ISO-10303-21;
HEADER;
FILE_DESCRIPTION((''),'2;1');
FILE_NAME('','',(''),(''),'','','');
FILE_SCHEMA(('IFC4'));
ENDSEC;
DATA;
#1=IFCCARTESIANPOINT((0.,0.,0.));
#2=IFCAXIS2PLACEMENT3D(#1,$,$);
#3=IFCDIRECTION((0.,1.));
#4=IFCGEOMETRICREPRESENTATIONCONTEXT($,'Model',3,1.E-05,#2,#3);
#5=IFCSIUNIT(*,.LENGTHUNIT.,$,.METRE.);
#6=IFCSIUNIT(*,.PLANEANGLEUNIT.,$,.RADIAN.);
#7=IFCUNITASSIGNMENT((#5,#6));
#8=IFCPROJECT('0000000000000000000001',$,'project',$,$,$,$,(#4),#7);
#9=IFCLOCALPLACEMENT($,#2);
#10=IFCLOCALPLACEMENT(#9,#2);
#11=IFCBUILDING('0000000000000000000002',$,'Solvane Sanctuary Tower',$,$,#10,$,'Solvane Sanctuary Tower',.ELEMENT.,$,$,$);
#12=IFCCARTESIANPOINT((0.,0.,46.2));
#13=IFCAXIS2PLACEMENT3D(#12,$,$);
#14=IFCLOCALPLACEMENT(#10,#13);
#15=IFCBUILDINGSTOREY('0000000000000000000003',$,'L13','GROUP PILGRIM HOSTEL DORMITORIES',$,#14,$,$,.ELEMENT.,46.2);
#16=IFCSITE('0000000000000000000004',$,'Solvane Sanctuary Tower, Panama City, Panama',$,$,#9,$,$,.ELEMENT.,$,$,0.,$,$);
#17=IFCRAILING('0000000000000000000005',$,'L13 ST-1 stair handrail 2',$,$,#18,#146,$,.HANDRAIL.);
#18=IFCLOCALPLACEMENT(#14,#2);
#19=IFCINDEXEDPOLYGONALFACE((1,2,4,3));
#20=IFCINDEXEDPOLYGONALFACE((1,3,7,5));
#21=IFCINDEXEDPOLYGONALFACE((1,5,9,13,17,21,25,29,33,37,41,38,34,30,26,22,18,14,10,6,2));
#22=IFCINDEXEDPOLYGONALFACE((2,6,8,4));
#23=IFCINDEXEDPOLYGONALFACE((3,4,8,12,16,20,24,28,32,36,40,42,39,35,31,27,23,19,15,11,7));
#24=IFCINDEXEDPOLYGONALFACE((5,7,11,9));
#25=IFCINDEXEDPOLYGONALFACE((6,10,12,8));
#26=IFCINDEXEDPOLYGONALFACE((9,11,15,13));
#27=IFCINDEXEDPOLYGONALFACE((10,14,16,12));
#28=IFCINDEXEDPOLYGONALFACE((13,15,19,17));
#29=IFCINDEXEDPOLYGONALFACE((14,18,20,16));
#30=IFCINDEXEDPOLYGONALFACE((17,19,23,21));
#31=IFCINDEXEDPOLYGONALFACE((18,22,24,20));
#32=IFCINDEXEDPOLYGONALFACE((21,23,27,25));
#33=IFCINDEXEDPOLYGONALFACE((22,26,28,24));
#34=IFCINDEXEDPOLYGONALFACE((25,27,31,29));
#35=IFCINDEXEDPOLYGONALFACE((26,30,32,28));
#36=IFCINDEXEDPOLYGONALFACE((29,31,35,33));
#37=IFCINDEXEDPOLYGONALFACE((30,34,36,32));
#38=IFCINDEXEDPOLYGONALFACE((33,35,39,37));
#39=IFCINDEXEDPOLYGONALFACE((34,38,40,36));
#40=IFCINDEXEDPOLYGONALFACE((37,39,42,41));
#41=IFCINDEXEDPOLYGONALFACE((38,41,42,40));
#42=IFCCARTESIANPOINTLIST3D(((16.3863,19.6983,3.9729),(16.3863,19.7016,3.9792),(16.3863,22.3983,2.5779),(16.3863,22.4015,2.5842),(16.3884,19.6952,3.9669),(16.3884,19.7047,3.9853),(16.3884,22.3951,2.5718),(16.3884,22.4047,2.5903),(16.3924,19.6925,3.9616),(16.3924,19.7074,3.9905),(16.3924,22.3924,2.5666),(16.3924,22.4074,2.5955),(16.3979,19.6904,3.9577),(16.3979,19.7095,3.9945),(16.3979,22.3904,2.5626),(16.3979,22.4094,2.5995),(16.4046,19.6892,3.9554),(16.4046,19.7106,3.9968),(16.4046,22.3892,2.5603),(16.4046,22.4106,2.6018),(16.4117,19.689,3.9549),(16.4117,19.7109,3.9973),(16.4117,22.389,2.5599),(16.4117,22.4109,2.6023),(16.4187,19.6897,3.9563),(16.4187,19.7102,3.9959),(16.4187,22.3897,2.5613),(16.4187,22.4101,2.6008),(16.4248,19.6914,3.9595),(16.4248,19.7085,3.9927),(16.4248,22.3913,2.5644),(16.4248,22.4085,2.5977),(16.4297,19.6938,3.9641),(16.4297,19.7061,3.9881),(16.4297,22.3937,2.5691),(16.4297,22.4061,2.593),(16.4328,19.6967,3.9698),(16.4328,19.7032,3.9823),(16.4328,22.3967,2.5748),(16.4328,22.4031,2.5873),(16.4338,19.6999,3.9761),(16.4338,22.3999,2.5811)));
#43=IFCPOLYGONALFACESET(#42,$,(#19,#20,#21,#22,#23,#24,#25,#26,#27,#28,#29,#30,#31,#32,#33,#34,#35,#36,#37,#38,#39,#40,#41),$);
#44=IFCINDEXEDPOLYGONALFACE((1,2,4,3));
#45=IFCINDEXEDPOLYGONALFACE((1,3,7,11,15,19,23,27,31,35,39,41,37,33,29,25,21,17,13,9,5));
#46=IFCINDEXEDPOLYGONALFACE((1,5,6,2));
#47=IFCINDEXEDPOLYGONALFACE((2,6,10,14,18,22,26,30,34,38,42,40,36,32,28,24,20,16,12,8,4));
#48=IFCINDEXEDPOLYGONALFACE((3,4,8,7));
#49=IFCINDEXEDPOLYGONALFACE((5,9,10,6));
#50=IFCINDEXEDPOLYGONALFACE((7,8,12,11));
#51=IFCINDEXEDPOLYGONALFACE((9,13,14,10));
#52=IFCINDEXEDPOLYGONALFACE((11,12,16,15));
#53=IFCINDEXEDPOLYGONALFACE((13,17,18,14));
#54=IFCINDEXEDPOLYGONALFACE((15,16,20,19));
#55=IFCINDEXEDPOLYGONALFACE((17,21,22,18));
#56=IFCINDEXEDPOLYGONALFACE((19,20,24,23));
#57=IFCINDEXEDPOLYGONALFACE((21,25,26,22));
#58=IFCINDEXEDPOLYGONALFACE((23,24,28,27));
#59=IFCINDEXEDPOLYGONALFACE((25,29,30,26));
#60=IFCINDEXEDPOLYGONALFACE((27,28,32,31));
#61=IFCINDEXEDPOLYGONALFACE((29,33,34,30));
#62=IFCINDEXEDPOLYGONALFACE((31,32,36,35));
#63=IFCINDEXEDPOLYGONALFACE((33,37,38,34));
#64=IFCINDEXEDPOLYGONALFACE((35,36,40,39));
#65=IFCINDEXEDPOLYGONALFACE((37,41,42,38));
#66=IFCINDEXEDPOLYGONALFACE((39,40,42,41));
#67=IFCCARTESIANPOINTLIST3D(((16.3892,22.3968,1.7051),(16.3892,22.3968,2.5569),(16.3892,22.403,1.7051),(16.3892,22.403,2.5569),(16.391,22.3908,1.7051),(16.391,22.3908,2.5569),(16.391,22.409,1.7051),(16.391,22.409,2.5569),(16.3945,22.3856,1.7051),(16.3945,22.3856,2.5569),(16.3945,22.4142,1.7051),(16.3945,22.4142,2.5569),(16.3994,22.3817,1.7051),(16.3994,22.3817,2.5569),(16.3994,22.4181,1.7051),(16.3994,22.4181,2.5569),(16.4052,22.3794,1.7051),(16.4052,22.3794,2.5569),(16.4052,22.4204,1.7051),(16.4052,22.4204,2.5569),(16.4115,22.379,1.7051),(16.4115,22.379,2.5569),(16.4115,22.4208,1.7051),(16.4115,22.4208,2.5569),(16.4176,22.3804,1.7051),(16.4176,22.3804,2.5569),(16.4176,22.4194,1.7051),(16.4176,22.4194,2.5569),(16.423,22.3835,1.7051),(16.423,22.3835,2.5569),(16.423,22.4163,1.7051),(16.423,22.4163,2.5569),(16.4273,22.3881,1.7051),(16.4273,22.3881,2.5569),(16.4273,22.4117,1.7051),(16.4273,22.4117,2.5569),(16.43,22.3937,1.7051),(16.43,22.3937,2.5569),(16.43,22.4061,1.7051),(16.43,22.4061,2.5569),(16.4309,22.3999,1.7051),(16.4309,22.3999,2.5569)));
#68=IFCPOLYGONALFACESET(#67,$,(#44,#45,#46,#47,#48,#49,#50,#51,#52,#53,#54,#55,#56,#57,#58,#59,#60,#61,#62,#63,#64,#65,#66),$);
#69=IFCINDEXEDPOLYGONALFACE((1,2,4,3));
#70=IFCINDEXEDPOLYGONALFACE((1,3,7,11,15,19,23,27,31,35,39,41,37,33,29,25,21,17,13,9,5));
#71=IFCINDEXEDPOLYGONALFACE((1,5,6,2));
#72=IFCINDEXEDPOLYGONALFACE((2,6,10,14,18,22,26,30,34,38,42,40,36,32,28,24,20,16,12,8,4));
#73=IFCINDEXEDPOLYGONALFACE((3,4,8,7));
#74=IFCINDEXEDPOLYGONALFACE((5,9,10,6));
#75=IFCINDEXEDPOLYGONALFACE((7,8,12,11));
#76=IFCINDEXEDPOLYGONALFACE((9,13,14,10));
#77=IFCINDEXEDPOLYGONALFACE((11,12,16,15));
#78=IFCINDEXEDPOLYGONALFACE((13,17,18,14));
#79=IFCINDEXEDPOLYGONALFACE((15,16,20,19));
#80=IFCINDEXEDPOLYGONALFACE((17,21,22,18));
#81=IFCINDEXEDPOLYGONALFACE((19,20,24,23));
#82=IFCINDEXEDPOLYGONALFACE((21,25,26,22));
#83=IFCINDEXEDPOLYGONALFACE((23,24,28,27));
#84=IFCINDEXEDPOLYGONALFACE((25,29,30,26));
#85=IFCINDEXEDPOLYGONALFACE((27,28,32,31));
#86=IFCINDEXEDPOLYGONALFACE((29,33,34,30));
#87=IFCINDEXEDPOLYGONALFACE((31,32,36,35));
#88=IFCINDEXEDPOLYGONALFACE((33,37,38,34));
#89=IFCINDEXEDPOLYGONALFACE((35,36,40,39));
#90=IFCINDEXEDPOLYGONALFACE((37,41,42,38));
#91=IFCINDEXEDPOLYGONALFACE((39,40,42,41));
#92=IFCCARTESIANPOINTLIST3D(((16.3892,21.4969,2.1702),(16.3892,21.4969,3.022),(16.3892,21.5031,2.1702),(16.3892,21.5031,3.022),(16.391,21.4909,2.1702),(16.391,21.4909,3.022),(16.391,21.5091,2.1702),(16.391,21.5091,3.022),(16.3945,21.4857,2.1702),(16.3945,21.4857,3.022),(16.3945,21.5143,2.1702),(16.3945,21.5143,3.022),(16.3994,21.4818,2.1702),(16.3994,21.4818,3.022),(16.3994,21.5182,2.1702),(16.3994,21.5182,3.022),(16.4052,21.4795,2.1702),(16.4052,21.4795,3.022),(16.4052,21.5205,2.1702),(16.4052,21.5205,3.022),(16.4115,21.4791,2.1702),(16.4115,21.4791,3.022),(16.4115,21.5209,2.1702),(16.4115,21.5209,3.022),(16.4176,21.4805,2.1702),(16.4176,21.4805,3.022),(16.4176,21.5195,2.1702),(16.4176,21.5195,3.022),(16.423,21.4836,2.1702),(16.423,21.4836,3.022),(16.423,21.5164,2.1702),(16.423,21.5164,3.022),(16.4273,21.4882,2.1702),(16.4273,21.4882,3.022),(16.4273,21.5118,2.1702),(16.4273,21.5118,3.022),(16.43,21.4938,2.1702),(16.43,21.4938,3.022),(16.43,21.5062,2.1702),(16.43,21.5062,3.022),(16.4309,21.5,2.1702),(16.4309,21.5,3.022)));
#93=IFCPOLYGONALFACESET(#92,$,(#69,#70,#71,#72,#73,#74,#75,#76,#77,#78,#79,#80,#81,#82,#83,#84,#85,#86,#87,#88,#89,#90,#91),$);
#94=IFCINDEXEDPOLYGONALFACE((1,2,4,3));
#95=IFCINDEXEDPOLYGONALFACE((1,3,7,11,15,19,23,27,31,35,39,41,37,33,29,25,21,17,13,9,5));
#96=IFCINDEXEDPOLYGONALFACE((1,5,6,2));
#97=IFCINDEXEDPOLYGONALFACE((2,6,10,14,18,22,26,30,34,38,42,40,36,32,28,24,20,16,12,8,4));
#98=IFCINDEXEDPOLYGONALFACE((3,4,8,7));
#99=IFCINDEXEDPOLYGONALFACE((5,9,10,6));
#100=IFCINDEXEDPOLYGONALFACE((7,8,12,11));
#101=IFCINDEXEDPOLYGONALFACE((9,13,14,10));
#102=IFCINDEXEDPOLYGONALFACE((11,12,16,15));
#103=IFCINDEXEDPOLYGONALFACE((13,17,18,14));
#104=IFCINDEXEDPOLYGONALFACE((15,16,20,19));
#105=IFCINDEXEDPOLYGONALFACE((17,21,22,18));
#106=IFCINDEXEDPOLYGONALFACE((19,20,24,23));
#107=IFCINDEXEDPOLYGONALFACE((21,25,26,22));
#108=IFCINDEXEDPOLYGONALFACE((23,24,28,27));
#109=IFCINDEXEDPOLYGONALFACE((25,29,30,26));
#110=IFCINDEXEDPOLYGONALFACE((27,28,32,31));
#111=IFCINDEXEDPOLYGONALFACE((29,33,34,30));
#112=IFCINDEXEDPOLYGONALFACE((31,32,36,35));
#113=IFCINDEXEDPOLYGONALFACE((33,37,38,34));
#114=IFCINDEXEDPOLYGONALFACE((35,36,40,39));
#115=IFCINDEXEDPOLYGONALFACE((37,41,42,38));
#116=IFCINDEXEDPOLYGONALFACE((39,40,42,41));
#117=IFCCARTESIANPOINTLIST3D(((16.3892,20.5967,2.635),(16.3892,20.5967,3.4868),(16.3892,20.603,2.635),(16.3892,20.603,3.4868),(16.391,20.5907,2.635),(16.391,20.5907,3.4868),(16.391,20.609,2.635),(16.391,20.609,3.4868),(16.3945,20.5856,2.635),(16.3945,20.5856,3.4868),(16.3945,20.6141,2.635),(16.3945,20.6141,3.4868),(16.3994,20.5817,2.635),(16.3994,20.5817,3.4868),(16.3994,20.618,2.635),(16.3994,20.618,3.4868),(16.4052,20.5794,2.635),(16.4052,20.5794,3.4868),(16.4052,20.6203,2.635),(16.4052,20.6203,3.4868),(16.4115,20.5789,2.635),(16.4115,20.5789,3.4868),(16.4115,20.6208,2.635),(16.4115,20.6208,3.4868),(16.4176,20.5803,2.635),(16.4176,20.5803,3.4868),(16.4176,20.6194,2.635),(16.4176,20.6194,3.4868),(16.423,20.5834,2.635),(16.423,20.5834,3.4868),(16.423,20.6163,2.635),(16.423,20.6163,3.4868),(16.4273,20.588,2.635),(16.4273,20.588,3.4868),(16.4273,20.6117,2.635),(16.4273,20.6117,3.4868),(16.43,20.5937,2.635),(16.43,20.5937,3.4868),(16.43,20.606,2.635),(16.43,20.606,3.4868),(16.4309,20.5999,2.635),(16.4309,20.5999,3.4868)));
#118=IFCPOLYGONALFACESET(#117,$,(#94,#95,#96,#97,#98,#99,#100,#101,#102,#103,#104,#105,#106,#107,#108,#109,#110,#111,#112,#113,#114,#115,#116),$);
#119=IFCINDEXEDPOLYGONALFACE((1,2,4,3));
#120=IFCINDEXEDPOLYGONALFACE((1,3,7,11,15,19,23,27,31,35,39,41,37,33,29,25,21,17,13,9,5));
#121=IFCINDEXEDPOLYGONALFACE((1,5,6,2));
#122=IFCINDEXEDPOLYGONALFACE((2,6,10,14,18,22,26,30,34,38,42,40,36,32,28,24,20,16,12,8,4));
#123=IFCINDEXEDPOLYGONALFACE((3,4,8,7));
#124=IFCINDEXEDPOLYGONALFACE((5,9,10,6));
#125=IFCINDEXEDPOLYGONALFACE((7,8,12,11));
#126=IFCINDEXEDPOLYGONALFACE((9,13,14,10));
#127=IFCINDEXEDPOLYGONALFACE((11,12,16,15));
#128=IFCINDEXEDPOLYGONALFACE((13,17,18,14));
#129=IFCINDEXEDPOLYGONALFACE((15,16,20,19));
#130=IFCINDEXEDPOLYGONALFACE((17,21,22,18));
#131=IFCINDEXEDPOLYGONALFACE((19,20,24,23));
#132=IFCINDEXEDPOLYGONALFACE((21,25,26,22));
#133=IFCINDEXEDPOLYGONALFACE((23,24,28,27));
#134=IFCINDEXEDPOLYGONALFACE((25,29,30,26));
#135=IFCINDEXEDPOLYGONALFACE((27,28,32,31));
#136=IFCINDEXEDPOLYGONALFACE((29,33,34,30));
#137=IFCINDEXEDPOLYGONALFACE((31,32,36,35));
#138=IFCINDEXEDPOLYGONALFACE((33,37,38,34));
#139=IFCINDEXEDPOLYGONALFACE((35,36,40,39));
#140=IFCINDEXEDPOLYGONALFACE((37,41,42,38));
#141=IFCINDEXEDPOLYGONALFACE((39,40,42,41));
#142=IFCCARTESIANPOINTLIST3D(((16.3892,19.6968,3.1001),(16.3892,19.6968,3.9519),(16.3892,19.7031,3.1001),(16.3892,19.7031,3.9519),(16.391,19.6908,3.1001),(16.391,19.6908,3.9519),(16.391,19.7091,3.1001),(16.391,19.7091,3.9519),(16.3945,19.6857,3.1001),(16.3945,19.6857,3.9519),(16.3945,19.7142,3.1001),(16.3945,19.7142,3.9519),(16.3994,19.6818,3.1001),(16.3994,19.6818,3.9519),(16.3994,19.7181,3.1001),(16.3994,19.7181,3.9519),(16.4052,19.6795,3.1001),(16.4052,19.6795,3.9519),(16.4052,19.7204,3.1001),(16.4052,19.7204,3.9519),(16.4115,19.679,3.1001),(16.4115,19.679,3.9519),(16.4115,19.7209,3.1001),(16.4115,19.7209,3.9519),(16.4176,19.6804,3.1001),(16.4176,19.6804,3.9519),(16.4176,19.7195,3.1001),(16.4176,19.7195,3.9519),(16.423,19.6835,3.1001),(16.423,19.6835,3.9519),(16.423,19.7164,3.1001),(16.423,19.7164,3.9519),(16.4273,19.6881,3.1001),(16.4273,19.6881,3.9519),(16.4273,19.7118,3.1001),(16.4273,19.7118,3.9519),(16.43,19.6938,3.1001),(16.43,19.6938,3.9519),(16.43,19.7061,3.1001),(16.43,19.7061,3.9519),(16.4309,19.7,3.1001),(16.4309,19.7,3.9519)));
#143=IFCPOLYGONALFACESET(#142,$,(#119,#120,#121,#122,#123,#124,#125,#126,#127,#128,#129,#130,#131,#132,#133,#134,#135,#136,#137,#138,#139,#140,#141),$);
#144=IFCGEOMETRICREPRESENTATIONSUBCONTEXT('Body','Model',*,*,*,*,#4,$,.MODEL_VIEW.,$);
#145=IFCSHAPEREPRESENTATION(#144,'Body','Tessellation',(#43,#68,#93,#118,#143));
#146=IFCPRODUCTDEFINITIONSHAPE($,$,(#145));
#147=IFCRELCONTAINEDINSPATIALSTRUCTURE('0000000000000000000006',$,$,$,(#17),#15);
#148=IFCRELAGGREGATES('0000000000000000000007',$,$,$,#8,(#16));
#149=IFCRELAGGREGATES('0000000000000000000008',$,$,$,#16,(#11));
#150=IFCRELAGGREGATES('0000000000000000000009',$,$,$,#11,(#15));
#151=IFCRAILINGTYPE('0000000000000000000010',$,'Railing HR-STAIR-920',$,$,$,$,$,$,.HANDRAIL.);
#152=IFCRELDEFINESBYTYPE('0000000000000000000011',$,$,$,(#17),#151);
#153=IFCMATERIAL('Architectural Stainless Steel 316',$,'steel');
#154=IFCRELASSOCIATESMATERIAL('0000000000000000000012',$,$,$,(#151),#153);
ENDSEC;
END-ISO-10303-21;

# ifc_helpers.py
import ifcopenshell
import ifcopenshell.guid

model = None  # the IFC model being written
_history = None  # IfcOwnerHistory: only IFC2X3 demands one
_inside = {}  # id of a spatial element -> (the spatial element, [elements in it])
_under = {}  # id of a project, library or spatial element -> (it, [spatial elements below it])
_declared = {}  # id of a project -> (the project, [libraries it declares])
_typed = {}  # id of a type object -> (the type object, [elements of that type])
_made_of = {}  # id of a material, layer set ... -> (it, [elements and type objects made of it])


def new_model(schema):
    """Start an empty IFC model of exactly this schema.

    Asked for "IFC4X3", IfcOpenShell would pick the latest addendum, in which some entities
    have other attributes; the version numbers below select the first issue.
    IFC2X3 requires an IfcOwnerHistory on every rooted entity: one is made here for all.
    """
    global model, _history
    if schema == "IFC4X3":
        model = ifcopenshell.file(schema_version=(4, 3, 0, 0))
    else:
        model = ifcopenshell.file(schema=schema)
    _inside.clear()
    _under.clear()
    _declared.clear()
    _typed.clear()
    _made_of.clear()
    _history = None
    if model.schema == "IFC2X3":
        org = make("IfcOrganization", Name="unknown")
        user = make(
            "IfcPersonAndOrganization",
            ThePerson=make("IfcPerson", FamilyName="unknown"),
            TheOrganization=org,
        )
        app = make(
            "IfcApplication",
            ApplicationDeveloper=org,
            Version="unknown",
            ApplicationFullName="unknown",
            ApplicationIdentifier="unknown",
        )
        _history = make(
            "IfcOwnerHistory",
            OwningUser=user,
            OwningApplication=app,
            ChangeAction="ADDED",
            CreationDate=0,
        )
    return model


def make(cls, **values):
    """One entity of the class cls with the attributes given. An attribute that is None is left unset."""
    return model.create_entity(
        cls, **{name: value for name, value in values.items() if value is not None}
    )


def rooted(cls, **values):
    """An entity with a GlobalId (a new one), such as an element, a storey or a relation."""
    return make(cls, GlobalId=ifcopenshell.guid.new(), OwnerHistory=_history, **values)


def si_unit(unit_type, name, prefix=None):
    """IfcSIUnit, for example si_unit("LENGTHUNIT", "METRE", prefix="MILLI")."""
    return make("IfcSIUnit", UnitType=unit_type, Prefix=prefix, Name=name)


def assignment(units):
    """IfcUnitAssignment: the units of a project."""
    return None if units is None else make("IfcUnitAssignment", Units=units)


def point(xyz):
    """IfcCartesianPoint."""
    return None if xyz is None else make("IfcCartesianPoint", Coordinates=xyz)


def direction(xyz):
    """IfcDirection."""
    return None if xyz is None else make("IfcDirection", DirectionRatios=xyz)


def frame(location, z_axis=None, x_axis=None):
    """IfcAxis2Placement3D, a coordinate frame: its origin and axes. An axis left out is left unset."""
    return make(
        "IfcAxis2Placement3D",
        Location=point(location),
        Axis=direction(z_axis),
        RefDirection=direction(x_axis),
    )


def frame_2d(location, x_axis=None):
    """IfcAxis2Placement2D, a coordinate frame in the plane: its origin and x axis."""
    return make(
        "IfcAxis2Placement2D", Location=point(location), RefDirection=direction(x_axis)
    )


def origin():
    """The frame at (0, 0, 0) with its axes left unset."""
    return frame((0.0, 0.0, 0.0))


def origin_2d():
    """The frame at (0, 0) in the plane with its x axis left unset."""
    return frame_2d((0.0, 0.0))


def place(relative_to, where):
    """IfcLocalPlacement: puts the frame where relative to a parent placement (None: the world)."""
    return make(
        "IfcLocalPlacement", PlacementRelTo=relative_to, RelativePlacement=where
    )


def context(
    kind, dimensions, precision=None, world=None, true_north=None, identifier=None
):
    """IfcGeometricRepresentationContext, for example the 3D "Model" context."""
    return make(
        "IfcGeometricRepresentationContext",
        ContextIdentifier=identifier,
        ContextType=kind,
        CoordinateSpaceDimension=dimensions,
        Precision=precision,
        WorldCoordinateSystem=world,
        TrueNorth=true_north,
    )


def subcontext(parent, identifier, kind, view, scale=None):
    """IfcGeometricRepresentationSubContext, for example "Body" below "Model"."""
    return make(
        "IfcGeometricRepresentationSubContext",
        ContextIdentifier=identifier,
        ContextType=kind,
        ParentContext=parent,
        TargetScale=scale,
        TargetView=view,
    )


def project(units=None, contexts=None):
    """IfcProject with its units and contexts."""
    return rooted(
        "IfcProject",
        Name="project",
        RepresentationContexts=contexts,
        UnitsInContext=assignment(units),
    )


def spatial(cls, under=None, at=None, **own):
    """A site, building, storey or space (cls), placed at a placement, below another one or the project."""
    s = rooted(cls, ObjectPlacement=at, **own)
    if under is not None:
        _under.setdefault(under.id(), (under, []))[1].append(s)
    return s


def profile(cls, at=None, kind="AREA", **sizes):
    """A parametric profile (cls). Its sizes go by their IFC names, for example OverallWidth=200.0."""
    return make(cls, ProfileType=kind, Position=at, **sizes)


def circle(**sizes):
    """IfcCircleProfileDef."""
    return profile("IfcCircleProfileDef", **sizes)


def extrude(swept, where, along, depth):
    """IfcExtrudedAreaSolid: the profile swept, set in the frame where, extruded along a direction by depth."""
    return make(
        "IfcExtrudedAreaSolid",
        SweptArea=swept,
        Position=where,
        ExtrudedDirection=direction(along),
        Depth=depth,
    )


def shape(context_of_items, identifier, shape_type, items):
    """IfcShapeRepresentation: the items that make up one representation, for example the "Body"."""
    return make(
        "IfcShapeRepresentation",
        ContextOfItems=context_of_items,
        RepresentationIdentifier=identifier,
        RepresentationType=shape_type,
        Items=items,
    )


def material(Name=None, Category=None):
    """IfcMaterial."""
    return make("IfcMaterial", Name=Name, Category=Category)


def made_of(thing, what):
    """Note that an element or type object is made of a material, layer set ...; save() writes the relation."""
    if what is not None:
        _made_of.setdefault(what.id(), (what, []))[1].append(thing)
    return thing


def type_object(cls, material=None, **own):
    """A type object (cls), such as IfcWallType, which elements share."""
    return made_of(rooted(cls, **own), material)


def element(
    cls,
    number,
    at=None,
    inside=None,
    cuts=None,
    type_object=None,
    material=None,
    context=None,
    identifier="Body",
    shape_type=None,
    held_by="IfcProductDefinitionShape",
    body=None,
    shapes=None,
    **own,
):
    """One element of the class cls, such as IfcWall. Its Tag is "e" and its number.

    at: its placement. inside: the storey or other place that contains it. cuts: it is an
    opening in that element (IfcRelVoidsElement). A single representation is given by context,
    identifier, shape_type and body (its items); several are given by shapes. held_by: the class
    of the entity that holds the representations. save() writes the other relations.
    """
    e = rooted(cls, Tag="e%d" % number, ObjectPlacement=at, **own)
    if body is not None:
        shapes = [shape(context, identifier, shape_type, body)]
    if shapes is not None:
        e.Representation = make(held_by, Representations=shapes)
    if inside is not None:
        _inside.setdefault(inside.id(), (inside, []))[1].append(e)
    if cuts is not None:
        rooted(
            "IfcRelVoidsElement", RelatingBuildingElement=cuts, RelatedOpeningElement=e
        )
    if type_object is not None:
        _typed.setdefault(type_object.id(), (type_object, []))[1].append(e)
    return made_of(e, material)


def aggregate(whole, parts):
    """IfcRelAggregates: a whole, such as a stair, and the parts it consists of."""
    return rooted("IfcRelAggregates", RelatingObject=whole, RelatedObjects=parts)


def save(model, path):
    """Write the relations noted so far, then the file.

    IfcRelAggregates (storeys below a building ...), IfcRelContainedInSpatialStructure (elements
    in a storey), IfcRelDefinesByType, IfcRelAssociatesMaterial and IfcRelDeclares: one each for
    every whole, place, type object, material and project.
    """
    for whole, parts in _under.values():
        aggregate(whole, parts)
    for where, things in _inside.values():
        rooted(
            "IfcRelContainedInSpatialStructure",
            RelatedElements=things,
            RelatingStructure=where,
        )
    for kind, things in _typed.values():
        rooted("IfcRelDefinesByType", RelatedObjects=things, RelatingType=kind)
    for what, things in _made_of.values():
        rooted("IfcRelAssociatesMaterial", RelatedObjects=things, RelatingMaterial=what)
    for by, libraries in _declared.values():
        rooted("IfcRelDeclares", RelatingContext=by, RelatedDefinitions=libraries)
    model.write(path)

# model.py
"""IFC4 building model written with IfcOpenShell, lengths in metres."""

from ifc_helpers import new_model, si_unit, direction, frame, origin, origin_2d, place, context, subcontext, project, spatial, circle, extrude, material, type_object, element, save


model = new_model("IFC4")

# Units and contexts
model_context = context("Model", 3, precision=1e-05, world=origin(), true_north=direction((0.0, 1.0)))
body_context = subcontext(model_context, "Body", "Model", "MODEL_VIEW")
ifc_project = project(units=[si_unit("LENGTHUNIT", "METRE"), si_unit("PLANEANGLEUNIT", "RADIAN")], contexts=[model_context])

# Site, building, storey
site_placement = place(None, origin())
site = spatial("IfcSite", under=ifc_project, at=site_placement, Name="Solvane Sanctuary Tower, Panama City, Panama", CompositionType="ELEMENT", RefElevation=0.0)
building_placement = place(site_placement, origin())
building = spatial("IfcBuilding", under=site, at=building_placement, Name="Solvane Sanctuary Tower", LongName="Solvane Sanctuary Tower", CompositionType="ELEMENT")
storey_placement = place(building_placement, frame((0.0, 0.0, 46.2)))
storey = spatial("IfcBuildingStorey", under=building, at=storey_placement, Name="L13", Description="GROUP PILGRIM HOSTEL DORMITORIES", CompositionType="ELEMENT", Elevation=46.2)

# Shared definitions
ifc_material_1 = material(Name="Architectural Stainless Steel 316", Category="steel")

# Railing
railing_type_1 = type_object("IfcRailingType", Name="Railing HR-STAIR-920", PredefinedType="HANDRAIL", material=ifc_material_1)
railing_1_placement = place(storey_placement, frame((16.4099, 22.3999, 1.7051)))
element("IfcRailing", 1, at=railing_1_placement, inside=storey, type_object=railing_type_1, Name="L13 ST-1 stair handrail 2", PredefinedType="HANDRAIL", context=body_context, shape_type="SweptSolid", body=[
    extrude(circle(Radius=0.0239, at=origin_2d()), frame((0.0, 0.0, 0.876), z_axis=(0.0, -0.88842, 0.459032), x_axis=(1.0, 0.0, 0.0)), (0.0, 0.0, 1.0), 3.0391),
    extrude(circle(Radius=0.021, at=origin_2d()), origin(), (0.0, 0.0, 1.0), 0.8518),
    extrude(circle(Radius=0.021, at=origin_2d()), frame((0.0, -0.8999, 0.4651)), (0.0, 0.0, 1.0), 0.8518),
    extrude(circle(Radius=0.021, at=origin_2d()), frame((0.0, -1.8, 0.9299)), (0.0, 0.0, 1.0), 0.8518),
    extrude(circle(Radius=0.021, at=origin_2d()), frame((0.0, -2.7, 1.395)), (0.0, 0.0, 1.0), 0.8518),
])

save(model, "model.ifc")
